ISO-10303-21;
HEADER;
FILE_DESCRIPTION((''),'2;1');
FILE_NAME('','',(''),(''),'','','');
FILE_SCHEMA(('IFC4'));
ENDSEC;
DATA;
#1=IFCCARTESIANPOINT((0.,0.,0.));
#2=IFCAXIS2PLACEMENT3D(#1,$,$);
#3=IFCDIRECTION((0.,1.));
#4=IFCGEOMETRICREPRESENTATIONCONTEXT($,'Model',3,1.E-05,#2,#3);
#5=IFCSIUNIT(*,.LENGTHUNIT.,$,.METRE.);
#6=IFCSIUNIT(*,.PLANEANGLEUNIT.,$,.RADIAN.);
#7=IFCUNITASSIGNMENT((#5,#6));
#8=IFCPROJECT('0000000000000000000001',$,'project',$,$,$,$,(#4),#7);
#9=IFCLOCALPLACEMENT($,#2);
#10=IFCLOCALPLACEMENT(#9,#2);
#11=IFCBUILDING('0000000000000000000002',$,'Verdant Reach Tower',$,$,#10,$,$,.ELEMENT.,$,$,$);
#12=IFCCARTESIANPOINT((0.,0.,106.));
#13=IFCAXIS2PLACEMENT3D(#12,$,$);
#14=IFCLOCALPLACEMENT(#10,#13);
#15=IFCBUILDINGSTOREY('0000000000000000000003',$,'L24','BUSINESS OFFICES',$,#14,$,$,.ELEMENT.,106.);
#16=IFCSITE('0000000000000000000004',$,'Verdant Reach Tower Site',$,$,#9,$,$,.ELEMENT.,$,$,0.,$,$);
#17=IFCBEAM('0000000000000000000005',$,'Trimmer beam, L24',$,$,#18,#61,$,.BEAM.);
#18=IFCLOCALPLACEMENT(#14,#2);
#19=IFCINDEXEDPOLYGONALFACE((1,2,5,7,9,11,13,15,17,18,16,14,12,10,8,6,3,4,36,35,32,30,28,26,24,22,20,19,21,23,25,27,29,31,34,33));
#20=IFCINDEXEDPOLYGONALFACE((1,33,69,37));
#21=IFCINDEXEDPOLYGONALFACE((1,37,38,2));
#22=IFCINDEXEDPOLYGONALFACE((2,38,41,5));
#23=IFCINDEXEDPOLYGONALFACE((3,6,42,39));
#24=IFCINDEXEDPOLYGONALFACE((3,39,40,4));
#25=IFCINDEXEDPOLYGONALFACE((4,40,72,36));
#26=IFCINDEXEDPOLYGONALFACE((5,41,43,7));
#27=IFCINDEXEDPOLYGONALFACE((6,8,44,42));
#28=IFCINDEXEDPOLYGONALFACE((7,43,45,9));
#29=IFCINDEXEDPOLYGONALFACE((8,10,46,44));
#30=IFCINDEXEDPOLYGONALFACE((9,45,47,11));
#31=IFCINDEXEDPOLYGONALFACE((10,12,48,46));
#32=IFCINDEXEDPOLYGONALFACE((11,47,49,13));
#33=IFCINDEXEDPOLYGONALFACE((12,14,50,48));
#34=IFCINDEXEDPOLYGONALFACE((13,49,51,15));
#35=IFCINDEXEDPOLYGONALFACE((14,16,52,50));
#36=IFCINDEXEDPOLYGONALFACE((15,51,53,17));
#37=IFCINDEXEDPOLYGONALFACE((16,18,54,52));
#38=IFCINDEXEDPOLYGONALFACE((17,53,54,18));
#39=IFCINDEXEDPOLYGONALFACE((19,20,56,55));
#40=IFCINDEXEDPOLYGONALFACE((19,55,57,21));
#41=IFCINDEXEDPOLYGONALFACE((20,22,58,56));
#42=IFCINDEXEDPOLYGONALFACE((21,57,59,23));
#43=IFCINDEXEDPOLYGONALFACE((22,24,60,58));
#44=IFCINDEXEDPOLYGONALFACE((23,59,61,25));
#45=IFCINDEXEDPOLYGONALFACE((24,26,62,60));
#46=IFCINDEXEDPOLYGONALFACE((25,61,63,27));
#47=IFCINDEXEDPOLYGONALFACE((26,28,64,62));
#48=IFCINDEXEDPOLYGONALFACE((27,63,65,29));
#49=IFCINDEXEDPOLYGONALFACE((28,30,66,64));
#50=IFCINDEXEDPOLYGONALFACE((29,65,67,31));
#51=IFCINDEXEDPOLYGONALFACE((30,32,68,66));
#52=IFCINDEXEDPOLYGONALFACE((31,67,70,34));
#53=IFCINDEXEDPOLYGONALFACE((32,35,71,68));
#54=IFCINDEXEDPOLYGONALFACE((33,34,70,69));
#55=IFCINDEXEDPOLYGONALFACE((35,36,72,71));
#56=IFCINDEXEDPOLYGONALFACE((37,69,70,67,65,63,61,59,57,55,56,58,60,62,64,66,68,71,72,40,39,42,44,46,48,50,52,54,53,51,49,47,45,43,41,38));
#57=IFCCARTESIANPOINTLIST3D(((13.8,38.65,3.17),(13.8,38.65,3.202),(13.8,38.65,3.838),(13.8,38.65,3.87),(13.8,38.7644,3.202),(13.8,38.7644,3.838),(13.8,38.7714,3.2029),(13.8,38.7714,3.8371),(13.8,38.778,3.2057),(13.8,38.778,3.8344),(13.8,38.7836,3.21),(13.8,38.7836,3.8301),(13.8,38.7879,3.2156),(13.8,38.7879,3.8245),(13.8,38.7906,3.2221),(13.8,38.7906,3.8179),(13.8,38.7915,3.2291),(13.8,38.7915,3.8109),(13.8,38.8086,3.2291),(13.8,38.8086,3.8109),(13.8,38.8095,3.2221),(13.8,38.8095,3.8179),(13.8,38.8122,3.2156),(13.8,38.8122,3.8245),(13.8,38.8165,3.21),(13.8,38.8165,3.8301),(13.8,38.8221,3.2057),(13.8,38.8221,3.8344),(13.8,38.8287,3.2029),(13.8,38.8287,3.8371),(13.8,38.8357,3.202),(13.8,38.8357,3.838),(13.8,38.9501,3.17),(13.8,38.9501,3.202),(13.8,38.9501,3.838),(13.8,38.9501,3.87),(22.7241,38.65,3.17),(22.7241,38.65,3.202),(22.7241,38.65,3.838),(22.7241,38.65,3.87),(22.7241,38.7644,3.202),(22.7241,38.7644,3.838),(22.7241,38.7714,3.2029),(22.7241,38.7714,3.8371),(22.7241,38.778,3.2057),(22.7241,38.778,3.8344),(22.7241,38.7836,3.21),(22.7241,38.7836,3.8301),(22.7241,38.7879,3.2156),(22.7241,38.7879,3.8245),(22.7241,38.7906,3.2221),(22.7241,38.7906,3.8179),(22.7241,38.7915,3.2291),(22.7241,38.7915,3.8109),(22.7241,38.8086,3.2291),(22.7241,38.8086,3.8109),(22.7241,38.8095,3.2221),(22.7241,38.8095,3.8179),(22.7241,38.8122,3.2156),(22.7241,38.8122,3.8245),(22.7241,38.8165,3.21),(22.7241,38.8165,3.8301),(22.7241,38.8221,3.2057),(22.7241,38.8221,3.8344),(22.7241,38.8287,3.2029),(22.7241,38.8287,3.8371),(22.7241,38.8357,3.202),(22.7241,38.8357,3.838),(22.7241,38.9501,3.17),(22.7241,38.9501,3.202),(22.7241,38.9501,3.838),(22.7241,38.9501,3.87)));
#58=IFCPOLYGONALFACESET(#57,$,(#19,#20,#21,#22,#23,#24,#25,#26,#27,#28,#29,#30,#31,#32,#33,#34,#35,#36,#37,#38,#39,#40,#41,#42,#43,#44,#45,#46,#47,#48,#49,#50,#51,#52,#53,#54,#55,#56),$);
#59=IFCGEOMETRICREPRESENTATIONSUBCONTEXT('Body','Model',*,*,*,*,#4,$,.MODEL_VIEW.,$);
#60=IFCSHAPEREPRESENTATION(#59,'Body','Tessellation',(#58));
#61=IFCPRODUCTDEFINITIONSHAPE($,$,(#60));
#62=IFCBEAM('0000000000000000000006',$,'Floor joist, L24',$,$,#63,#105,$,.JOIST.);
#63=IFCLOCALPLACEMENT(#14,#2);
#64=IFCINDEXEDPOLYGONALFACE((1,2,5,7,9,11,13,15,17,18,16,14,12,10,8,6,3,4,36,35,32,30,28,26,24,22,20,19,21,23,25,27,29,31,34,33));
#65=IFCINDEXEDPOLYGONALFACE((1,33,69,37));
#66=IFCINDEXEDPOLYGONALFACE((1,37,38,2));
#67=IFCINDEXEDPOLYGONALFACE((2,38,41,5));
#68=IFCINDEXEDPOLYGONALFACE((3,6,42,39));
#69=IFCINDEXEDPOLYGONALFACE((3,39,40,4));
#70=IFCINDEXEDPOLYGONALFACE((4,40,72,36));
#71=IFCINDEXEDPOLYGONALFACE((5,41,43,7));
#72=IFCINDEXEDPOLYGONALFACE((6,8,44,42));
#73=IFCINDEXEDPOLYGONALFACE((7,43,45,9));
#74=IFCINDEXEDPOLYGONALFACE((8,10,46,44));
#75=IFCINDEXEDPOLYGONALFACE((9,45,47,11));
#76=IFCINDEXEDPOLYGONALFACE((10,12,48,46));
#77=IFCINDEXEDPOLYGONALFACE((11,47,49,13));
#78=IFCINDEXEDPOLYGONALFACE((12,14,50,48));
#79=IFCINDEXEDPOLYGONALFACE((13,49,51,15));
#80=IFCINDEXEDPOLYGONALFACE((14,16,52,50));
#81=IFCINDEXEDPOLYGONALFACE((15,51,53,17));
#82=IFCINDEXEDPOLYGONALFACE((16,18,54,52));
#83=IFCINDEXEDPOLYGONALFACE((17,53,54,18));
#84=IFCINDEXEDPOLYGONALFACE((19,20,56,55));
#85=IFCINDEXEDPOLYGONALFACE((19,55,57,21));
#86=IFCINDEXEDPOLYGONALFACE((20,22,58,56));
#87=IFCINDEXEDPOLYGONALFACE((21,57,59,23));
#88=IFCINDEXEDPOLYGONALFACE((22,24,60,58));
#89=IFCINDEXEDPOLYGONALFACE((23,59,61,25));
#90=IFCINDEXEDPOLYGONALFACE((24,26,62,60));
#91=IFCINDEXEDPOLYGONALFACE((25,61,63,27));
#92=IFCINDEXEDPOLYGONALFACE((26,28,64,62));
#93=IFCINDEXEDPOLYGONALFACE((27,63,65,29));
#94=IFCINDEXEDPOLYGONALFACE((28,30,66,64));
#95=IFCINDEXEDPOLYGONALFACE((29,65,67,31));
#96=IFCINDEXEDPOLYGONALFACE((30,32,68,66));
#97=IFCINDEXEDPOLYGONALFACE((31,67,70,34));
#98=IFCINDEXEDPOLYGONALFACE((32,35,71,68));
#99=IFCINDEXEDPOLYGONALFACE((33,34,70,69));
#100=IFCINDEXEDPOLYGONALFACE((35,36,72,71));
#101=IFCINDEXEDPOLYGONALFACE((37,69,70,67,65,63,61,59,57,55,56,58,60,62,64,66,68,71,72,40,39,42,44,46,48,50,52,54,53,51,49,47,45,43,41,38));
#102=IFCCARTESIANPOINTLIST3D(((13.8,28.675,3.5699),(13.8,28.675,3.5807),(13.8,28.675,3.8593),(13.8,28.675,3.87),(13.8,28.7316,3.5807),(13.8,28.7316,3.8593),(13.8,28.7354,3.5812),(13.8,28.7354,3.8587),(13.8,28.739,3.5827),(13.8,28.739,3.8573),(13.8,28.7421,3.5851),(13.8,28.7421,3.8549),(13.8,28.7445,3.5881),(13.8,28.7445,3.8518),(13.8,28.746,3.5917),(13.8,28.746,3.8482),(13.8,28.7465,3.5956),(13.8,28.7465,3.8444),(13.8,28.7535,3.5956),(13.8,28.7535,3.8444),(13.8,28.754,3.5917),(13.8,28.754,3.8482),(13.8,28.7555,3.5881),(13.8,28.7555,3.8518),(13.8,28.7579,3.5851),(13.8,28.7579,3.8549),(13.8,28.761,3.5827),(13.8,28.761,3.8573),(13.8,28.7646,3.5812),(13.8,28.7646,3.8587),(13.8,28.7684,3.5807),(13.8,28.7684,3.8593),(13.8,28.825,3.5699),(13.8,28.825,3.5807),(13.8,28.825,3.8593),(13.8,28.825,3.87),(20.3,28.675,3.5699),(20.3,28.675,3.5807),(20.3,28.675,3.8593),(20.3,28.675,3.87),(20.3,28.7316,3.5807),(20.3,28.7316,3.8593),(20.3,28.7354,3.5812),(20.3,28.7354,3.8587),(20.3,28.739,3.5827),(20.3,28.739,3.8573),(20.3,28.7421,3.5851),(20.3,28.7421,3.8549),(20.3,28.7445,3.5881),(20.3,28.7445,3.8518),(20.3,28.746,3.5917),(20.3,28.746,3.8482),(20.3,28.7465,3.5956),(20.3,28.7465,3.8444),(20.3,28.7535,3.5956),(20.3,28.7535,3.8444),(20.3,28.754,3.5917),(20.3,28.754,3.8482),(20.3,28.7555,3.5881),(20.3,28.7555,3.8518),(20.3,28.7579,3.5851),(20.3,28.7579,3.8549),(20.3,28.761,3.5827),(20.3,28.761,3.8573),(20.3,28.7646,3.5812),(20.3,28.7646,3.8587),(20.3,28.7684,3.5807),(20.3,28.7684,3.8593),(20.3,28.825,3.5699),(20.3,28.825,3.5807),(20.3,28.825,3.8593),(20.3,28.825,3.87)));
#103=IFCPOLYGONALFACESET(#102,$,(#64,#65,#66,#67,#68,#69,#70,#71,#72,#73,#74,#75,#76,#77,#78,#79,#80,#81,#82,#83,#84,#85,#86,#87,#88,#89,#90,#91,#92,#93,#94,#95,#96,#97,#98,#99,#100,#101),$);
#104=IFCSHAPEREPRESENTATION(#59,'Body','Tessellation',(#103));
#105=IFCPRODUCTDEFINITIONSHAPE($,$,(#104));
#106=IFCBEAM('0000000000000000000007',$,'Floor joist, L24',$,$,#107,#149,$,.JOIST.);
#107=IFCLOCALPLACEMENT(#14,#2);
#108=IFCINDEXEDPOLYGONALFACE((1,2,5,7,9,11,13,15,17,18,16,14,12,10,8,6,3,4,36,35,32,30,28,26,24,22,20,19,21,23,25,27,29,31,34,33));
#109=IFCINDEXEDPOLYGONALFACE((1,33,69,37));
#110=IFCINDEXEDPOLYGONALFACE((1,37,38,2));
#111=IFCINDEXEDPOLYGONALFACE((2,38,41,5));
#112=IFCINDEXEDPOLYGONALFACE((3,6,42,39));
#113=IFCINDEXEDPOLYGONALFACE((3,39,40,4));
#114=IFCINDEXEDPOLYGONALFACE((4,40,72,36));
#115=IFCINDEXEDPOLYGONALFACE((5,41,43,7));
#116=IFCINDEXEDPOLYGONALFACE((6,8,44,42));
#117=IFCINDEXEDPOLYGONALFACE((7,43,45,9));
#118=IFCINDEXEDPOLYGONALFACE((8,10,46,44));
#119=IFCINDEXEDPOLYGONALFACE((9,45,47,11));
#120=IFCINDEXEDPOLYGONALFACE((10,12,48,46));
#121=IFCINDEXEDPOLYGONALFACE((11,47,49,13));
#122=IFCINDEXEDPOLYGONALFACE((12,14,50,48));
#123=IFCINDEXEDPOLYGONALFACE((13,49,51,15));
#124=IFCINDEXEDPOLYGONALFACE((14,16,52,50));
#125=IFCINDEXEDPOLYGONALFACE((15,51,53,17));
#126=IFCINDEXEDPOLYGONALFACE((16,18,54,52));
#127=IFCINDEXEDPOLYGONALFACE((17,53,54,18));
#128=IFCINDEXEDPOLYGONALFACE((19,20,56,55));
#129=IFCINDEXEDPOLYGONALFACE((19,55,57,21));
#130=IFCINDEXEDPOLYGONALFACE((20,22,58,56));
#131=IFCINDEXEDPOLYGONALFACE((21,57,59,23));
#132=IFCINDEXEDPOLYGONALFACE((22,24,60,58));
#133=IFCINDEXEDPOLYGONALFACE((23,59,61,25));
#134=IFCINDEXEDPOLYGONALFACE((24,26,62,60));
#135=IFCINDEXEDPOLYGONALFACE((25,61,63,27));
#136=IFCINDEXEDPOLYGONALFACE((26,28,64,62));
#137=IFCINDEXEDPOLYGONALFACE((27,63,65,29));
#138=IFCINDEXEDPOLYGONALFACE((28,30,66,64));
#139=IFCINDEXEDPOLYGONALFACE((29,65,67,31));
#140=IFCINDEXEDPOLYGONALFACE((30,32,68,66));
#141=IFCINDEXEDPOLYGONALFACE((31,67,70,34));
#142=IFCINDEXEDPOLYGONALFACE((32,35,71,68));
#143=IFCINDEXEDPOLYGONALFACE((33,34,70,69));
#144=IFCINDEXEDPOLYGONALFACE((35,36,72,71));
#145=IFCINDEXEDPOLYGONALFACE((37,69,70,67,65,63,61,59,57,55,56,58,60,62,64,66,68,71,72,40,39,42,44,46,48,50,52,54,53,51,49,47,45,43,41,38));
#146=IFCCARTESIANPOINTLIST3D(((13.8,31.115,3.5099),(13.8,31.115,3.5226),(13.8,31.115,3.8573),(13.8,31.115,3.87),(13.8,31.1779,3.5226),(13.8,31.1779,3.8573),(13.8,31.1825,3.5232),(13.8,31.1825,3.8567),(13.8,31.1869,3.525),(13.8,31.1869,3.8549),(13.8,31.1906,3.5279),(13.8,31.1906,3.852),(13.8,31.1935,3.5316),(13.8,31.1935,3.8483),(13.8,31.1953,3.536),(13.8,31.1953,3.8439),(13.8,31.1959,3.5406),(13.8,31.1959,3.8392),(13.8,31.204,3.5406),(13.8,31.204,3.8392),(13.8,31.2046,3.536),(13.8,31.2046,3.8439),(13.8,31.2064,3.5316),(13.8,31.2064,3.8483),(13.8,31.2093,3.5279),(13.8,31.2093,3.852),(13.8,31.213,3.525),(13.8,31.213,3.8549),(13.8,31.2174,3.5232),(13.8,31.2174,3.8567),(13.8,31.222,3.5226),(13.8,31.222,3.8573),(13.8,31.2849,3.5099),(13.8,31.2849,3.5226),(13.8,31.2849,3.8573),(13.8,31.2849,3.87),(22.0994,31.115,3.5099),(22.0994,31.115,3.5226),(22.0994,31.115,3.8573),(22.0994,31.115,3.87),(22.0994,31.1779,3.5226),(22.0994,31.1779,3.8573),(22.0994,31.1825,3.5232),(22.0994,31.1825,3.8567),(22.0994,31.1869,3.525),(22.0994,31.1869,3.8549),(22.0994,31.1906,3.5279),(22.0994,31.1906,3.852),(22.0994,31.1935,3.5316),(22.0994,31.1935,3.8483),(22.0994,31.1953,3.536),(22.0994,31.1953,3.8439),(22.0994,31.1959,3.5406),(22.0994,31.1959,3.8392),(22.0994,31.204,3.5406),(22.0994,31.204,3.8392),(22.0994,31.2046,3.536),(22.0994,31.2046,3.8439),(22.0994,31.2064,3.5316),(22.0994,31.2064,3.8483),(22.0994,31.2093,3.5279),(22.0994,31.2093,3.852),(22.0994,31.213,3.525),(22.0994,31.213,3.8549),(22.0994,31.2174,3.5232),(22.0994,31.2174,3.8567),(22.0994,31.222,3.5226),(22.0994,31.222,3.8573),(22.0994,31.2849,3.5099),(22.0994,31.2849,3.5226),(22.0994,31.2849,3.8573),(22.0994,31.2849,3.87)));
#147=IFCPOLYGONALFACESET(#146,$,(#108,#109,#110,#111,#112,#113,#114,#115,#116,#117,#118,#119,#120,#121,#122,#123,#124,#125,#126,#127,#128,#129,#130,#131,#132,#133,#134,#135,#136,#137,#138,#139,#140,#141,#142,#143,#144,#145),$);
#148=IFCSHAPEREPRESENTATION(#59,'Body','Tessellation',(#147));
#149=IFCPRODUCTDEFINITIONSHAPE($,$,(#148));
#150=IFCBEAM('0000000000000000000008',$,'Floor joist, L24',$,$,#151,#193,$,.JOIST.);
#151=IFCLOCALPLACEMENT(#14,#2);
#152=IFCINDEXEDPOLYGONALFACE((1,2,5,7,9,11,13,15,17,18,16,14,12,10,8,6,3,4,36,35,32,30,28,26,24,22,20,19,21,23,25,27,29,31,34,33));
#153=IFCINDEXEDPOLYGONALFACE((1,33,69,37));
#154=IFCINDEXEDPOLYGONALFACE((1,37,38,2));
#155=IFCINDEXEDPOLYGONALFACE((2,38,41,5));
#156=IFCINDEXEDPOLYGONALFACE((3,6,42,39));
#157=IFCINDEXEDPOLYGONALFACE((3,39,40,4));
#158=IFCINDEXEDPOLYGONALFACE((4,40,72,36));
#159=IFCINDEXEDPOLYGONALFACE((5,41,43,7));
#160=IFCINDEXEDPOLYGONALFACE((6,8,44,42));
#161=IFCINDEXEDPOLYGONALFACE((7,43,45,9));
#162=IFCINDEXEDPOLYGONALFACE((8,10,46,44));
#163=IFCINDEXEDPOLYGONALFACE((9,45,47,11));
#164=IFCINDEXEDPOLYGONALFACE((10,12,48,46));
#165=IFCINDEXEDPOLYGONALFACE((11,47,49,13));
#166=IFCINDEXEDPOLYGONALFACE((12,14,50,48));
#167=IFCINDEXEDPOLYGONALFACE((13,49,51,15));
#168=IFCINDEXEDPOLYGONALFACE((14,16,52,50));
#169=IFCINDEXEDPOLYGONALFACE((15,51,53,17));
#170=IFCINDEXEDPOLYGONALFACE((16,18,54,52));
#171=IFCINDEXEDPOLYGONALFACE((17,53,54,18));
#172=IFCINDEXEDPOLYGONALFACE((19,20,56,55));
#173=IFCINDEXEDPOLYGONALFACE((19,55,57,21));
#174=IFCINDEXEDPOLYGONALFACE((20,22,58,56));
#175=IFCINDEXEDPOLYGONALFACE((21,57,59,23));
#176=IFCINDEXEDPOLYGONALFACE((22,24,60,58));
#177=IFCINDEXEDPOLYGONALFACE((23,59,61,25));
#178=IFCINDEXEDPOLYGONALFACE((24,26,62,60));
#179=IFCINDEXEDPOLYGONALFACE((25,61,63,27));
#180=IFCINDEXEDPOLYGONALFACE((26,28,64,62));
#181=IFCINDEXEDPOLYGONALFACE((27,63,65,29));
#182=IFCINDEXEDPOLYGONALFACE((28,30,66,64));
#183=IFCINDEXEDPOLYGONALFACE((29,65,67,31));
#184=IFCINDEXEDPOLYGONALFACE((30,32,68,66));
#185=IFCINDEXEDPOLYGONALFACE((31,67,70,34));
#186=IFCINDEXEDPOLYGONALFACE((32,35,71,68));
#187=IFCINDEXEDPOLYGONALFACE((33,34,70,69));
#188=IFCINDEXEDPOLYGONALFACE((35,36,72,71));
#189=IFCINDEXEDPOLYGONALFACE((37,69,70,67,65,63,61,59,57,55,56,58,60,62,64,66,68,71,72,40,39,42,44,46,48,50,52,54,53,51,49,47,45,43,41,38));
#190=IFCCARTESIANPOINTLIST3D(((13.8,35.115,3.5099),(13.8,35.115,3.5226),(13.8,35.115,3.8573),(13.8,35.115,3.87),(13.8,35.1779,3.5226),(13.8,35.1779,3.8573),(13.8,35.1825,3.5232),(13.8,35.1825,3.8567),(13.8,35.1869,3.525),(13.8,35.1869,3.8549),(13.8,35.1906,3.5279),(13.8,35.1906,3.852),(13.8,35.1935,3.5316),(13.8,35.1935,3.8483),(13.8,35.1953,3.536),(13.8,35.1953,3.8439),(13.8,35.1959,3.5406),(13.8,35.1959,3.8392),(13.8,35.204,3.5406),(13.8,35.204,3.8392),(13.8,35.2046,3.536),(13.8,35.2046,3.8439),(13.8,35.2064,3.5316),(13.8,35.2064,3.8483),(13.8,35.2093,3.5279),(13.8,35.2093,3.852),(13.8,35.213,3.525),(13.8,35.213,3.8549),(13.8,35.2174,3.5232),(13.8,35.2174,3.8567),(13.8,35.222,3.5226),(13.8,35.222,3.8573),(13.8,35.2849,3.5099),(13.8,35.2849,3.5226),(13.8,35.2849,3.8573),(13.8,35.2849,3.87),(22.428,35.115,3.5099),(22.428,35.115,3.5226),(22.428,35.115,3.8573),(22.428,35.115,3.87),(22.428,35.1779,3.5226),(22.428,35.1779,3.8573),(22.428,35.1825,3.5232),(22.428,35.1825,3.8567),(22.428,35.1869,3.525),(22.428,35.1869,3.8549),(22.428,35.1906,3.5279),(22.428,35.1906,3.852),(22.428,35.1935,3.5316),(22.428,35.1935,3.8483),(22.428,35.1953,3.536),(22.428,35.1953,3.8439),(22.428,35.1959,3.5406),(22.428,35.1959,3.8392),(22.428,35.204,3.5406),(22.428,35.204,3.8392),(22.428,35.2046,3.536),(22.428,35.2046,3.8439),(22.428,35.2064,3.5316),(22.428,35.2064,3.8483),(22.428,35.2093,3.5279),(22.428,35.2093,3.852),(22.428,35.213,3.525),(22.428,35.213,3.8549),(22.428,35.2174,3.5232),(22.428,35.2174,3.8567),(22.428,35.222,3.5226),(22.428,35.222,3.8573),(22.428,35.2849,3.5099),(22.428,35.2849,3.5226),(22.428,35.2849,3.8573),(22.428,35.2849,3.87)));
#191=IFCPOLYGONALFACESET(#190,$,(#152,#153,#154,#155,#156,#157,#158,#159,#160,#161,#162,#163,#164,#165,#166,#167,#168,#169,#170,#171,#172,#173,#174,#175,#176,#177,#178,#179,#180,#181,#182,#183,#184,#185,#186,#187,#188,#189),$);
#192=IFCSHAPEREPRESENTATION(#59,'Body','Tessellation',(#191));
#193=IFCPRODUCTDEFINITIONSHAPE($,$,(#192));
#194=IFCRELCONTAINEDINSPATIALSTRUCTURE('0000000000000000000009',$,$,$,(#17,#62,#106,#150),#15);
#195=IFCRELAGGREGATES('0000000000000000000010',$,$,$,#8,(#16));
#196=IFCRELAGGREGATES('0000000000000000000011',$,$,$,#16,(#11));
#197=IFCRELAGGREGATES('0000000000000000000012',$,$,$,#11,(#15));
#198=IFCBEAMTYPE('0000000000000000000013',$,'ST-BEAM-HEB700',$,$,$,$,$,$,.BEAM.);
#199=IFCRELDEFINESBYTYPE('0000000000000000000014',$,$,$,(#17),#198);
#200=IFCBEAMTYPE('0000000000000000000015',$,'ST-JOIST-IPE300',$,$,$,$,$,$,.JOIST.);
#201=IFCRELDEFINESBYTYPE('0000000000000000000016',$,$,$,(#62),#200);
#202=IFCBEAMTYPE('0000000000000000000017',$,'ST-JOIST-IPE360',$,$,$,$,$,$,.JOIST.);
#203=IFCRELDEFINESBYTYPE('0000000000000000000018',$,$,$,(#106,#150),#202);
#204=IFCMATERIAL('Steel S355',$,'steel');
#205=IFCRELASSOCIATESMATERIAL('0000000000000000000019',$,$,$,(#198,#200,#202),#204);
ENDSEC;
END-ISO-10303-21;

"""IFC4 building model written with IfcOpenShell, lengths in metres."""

from ifc_helpers import new_model, si_unit, direction, frame, origin, origin_2d, place, context, subcontext, project, spatial, i_section, extrude, material, material_profile, profile_set, type_object, element, save


model = new_model("IFC4")

# Units and contexts
model_context = context("Model", 3, precision=1e-05, world=origin(), true_north=direction((0.0, 1.0)))
body_context = subcontext(model_context, "Body", "Model", "MODEL_VIEW")
ifc_project = project(units=[si_unit("LENGTHUNIT", "METRE"), si_unit("PLANEANGLEUNIT", "RADIAN")], contexts=[model_context])

# Site, building, storey
site_placement = place(None, origin())
site = spatial("IfcSite", under=ifc_project, at=site_placement, Name="Verdant Reach Tower Site", CompositionType="ELEMENT", RefElevation=0.0)
building_placement = place(site_placement, origin())
building = spatial("IfcBuilding", under=site, at=building_placement, Name="Verdant Reach Tower", CompositionType="ELEMENT")
storey_placement = place(building_placement, frame((0.0, 0.0, 106.0)))
storey = spatial("IfcBuildingStorey", under=building, at=storey_placement, Name="L24", Description="BUSINESS OFFICES", CompositionType="ELEMENT", Elevation=106.0)

# Beams
ifc_material_1 = material(Name="Steel S355", Category="steel")
ifc_material_profile_1 = material_profile(ifc_material_1, i_section(OverallWidth=0.3, OverallDepth=0.7, WebThickness=0.0171, FlangeThickness=0.032, FilletRadius=0.0271, at=origin_2d()), Name="HEB 700")
ifc_profile_set_1 = profile_set([ifc_material_profile_1], Name="Steel S355")
beam_type_1 = type_object("IfcBeamType", Name="ST-BEAM-HEB700", PredefinedType="BEAM", material=ifc_profile_set_1)
beam_1_placement = place(storey_placement, frame((13.8, 38.8, 3.52), z_axis=(1.0, 0.0, 0.0), x_axis=(0.0, 1.0, 0.0)))
element("IfcBeam", 1, at=beam_1_placement, inside=storey, type_object=beam_type_1, Name="Trimmer beam, L24", PredefinedType="BEAM", context=body_context, shape_type="SweptSolid", body=[
    extrude(i_section(OverallWidth=0.3, OverallDepth=0.7, WebThickness=0.0171, FlangeThickness=0.032, FilletRadius=0.0271, at=origin_2d()), origin(), (0.0, 0.0, 1.0), 8.9241),
])
ifc_material_profile_2 = material_profile(ifc_material_1, i_section(OverallWidth=0.1499, OverallDepth=0.3, WebThickness=0.0071, FlangeThickness=0.0107, FilletRadius=0.0149, at=origin_2d()), Name="IPE 300")
ifc_profile_set_2 = profile_set([ifc_material_profile_2], Name="Steel S355")
beam_type_2 = type_object("IfcBeamType", Name="ST-JOIST-IPE300", PredefinedType="JOIST", material=ifc_profile_set_2)
beam_2_placement = place(storey_placement, frame((13.8, 28.75, 3.72), z_axis=(1.0, 0.0, 0.0), x_axis=(0.0, 1.0, 0.0)))
element("IfcBeam", 2, at=beam_2_placement, inside=storey, type_object=beam_type_2, Name="Floor joist, L24", PredefinedType="JOIST", context=body_context, shape_type="SweptSolid", body=[
    extrude(i_section(OverallWidth=0.1499, OverallDepth=0.3, WebThickness=0.0071, FlangeThickness=0.0107, FilletRadius=0.0149, at=origin_2d()), origin(), (0.0, 0.0, 1.0), 6.5),
])
ifc_material_profile_3 = material_profile(ifc_material_1, i_section(OverallWidth=0.1699, OverallDepth=0.3601, WebThickness=0.0081, FlangeThickness=0.0127, FilletRadius=0.0181, at=origin_2d()), Name="IPE 360")
ifc_profile_set_3 = profile_set([ifc_material_profile_3], Name="Steel S355")
beam_type_3 = type_object("IfcBeamType", Name="ST-JOIST-IPE360", PredefinedType="JOIST", material=ifc_profile_set_3)
beam_3_placement = place(storey_placement, frame((13.8, 31.2, 3.6899), z_axis=(1.0, 0.0, 0.0), x_axis=(0.0, 1.0, 0.0)))
element("IfcBeam", 3, at=beam_3_placement, inside=storey, type_object=beam_type_3, Name="Floor joist, L24", PredefinedType="JOIST", context=body_context, shape_type="SweptSolid", body=[
    extrude(i_section(OverallWidth=0.1699, OverallDepth=0.3601, WebThickness=0.0081, FlangeThickness=0.0127, FilletRadius=0.0181, at=origin_2d()), origin(), (0.0, 0.0, 1.0), 8.2993),
])
beam_4_placement = place(storey_placement, frame((13.8, 35.2, 3.6899), z_axis=(1.0, 0.0, 0.0), x_axis=(0.0, 1.0, 0.0)))
element("IfcBeam", 4, at=beam_4_placement, inside=storey, type_object=beam_type_3, Name="Floor joist, L24", PredefinedType="JOIST", context=body_context, shape_type="SweptSolid", body=[
    extrude(i_section(OverallWidth=0.1699, OverallDepth=0.3601, WebThickness=0.0081, FlangeThickness=0.0127, FilletRadius=0.0181, at=origin_2d()), origin(), (0.0, 0.0, 1.0), 8.6279),
])

save(model, "model.ifc")
